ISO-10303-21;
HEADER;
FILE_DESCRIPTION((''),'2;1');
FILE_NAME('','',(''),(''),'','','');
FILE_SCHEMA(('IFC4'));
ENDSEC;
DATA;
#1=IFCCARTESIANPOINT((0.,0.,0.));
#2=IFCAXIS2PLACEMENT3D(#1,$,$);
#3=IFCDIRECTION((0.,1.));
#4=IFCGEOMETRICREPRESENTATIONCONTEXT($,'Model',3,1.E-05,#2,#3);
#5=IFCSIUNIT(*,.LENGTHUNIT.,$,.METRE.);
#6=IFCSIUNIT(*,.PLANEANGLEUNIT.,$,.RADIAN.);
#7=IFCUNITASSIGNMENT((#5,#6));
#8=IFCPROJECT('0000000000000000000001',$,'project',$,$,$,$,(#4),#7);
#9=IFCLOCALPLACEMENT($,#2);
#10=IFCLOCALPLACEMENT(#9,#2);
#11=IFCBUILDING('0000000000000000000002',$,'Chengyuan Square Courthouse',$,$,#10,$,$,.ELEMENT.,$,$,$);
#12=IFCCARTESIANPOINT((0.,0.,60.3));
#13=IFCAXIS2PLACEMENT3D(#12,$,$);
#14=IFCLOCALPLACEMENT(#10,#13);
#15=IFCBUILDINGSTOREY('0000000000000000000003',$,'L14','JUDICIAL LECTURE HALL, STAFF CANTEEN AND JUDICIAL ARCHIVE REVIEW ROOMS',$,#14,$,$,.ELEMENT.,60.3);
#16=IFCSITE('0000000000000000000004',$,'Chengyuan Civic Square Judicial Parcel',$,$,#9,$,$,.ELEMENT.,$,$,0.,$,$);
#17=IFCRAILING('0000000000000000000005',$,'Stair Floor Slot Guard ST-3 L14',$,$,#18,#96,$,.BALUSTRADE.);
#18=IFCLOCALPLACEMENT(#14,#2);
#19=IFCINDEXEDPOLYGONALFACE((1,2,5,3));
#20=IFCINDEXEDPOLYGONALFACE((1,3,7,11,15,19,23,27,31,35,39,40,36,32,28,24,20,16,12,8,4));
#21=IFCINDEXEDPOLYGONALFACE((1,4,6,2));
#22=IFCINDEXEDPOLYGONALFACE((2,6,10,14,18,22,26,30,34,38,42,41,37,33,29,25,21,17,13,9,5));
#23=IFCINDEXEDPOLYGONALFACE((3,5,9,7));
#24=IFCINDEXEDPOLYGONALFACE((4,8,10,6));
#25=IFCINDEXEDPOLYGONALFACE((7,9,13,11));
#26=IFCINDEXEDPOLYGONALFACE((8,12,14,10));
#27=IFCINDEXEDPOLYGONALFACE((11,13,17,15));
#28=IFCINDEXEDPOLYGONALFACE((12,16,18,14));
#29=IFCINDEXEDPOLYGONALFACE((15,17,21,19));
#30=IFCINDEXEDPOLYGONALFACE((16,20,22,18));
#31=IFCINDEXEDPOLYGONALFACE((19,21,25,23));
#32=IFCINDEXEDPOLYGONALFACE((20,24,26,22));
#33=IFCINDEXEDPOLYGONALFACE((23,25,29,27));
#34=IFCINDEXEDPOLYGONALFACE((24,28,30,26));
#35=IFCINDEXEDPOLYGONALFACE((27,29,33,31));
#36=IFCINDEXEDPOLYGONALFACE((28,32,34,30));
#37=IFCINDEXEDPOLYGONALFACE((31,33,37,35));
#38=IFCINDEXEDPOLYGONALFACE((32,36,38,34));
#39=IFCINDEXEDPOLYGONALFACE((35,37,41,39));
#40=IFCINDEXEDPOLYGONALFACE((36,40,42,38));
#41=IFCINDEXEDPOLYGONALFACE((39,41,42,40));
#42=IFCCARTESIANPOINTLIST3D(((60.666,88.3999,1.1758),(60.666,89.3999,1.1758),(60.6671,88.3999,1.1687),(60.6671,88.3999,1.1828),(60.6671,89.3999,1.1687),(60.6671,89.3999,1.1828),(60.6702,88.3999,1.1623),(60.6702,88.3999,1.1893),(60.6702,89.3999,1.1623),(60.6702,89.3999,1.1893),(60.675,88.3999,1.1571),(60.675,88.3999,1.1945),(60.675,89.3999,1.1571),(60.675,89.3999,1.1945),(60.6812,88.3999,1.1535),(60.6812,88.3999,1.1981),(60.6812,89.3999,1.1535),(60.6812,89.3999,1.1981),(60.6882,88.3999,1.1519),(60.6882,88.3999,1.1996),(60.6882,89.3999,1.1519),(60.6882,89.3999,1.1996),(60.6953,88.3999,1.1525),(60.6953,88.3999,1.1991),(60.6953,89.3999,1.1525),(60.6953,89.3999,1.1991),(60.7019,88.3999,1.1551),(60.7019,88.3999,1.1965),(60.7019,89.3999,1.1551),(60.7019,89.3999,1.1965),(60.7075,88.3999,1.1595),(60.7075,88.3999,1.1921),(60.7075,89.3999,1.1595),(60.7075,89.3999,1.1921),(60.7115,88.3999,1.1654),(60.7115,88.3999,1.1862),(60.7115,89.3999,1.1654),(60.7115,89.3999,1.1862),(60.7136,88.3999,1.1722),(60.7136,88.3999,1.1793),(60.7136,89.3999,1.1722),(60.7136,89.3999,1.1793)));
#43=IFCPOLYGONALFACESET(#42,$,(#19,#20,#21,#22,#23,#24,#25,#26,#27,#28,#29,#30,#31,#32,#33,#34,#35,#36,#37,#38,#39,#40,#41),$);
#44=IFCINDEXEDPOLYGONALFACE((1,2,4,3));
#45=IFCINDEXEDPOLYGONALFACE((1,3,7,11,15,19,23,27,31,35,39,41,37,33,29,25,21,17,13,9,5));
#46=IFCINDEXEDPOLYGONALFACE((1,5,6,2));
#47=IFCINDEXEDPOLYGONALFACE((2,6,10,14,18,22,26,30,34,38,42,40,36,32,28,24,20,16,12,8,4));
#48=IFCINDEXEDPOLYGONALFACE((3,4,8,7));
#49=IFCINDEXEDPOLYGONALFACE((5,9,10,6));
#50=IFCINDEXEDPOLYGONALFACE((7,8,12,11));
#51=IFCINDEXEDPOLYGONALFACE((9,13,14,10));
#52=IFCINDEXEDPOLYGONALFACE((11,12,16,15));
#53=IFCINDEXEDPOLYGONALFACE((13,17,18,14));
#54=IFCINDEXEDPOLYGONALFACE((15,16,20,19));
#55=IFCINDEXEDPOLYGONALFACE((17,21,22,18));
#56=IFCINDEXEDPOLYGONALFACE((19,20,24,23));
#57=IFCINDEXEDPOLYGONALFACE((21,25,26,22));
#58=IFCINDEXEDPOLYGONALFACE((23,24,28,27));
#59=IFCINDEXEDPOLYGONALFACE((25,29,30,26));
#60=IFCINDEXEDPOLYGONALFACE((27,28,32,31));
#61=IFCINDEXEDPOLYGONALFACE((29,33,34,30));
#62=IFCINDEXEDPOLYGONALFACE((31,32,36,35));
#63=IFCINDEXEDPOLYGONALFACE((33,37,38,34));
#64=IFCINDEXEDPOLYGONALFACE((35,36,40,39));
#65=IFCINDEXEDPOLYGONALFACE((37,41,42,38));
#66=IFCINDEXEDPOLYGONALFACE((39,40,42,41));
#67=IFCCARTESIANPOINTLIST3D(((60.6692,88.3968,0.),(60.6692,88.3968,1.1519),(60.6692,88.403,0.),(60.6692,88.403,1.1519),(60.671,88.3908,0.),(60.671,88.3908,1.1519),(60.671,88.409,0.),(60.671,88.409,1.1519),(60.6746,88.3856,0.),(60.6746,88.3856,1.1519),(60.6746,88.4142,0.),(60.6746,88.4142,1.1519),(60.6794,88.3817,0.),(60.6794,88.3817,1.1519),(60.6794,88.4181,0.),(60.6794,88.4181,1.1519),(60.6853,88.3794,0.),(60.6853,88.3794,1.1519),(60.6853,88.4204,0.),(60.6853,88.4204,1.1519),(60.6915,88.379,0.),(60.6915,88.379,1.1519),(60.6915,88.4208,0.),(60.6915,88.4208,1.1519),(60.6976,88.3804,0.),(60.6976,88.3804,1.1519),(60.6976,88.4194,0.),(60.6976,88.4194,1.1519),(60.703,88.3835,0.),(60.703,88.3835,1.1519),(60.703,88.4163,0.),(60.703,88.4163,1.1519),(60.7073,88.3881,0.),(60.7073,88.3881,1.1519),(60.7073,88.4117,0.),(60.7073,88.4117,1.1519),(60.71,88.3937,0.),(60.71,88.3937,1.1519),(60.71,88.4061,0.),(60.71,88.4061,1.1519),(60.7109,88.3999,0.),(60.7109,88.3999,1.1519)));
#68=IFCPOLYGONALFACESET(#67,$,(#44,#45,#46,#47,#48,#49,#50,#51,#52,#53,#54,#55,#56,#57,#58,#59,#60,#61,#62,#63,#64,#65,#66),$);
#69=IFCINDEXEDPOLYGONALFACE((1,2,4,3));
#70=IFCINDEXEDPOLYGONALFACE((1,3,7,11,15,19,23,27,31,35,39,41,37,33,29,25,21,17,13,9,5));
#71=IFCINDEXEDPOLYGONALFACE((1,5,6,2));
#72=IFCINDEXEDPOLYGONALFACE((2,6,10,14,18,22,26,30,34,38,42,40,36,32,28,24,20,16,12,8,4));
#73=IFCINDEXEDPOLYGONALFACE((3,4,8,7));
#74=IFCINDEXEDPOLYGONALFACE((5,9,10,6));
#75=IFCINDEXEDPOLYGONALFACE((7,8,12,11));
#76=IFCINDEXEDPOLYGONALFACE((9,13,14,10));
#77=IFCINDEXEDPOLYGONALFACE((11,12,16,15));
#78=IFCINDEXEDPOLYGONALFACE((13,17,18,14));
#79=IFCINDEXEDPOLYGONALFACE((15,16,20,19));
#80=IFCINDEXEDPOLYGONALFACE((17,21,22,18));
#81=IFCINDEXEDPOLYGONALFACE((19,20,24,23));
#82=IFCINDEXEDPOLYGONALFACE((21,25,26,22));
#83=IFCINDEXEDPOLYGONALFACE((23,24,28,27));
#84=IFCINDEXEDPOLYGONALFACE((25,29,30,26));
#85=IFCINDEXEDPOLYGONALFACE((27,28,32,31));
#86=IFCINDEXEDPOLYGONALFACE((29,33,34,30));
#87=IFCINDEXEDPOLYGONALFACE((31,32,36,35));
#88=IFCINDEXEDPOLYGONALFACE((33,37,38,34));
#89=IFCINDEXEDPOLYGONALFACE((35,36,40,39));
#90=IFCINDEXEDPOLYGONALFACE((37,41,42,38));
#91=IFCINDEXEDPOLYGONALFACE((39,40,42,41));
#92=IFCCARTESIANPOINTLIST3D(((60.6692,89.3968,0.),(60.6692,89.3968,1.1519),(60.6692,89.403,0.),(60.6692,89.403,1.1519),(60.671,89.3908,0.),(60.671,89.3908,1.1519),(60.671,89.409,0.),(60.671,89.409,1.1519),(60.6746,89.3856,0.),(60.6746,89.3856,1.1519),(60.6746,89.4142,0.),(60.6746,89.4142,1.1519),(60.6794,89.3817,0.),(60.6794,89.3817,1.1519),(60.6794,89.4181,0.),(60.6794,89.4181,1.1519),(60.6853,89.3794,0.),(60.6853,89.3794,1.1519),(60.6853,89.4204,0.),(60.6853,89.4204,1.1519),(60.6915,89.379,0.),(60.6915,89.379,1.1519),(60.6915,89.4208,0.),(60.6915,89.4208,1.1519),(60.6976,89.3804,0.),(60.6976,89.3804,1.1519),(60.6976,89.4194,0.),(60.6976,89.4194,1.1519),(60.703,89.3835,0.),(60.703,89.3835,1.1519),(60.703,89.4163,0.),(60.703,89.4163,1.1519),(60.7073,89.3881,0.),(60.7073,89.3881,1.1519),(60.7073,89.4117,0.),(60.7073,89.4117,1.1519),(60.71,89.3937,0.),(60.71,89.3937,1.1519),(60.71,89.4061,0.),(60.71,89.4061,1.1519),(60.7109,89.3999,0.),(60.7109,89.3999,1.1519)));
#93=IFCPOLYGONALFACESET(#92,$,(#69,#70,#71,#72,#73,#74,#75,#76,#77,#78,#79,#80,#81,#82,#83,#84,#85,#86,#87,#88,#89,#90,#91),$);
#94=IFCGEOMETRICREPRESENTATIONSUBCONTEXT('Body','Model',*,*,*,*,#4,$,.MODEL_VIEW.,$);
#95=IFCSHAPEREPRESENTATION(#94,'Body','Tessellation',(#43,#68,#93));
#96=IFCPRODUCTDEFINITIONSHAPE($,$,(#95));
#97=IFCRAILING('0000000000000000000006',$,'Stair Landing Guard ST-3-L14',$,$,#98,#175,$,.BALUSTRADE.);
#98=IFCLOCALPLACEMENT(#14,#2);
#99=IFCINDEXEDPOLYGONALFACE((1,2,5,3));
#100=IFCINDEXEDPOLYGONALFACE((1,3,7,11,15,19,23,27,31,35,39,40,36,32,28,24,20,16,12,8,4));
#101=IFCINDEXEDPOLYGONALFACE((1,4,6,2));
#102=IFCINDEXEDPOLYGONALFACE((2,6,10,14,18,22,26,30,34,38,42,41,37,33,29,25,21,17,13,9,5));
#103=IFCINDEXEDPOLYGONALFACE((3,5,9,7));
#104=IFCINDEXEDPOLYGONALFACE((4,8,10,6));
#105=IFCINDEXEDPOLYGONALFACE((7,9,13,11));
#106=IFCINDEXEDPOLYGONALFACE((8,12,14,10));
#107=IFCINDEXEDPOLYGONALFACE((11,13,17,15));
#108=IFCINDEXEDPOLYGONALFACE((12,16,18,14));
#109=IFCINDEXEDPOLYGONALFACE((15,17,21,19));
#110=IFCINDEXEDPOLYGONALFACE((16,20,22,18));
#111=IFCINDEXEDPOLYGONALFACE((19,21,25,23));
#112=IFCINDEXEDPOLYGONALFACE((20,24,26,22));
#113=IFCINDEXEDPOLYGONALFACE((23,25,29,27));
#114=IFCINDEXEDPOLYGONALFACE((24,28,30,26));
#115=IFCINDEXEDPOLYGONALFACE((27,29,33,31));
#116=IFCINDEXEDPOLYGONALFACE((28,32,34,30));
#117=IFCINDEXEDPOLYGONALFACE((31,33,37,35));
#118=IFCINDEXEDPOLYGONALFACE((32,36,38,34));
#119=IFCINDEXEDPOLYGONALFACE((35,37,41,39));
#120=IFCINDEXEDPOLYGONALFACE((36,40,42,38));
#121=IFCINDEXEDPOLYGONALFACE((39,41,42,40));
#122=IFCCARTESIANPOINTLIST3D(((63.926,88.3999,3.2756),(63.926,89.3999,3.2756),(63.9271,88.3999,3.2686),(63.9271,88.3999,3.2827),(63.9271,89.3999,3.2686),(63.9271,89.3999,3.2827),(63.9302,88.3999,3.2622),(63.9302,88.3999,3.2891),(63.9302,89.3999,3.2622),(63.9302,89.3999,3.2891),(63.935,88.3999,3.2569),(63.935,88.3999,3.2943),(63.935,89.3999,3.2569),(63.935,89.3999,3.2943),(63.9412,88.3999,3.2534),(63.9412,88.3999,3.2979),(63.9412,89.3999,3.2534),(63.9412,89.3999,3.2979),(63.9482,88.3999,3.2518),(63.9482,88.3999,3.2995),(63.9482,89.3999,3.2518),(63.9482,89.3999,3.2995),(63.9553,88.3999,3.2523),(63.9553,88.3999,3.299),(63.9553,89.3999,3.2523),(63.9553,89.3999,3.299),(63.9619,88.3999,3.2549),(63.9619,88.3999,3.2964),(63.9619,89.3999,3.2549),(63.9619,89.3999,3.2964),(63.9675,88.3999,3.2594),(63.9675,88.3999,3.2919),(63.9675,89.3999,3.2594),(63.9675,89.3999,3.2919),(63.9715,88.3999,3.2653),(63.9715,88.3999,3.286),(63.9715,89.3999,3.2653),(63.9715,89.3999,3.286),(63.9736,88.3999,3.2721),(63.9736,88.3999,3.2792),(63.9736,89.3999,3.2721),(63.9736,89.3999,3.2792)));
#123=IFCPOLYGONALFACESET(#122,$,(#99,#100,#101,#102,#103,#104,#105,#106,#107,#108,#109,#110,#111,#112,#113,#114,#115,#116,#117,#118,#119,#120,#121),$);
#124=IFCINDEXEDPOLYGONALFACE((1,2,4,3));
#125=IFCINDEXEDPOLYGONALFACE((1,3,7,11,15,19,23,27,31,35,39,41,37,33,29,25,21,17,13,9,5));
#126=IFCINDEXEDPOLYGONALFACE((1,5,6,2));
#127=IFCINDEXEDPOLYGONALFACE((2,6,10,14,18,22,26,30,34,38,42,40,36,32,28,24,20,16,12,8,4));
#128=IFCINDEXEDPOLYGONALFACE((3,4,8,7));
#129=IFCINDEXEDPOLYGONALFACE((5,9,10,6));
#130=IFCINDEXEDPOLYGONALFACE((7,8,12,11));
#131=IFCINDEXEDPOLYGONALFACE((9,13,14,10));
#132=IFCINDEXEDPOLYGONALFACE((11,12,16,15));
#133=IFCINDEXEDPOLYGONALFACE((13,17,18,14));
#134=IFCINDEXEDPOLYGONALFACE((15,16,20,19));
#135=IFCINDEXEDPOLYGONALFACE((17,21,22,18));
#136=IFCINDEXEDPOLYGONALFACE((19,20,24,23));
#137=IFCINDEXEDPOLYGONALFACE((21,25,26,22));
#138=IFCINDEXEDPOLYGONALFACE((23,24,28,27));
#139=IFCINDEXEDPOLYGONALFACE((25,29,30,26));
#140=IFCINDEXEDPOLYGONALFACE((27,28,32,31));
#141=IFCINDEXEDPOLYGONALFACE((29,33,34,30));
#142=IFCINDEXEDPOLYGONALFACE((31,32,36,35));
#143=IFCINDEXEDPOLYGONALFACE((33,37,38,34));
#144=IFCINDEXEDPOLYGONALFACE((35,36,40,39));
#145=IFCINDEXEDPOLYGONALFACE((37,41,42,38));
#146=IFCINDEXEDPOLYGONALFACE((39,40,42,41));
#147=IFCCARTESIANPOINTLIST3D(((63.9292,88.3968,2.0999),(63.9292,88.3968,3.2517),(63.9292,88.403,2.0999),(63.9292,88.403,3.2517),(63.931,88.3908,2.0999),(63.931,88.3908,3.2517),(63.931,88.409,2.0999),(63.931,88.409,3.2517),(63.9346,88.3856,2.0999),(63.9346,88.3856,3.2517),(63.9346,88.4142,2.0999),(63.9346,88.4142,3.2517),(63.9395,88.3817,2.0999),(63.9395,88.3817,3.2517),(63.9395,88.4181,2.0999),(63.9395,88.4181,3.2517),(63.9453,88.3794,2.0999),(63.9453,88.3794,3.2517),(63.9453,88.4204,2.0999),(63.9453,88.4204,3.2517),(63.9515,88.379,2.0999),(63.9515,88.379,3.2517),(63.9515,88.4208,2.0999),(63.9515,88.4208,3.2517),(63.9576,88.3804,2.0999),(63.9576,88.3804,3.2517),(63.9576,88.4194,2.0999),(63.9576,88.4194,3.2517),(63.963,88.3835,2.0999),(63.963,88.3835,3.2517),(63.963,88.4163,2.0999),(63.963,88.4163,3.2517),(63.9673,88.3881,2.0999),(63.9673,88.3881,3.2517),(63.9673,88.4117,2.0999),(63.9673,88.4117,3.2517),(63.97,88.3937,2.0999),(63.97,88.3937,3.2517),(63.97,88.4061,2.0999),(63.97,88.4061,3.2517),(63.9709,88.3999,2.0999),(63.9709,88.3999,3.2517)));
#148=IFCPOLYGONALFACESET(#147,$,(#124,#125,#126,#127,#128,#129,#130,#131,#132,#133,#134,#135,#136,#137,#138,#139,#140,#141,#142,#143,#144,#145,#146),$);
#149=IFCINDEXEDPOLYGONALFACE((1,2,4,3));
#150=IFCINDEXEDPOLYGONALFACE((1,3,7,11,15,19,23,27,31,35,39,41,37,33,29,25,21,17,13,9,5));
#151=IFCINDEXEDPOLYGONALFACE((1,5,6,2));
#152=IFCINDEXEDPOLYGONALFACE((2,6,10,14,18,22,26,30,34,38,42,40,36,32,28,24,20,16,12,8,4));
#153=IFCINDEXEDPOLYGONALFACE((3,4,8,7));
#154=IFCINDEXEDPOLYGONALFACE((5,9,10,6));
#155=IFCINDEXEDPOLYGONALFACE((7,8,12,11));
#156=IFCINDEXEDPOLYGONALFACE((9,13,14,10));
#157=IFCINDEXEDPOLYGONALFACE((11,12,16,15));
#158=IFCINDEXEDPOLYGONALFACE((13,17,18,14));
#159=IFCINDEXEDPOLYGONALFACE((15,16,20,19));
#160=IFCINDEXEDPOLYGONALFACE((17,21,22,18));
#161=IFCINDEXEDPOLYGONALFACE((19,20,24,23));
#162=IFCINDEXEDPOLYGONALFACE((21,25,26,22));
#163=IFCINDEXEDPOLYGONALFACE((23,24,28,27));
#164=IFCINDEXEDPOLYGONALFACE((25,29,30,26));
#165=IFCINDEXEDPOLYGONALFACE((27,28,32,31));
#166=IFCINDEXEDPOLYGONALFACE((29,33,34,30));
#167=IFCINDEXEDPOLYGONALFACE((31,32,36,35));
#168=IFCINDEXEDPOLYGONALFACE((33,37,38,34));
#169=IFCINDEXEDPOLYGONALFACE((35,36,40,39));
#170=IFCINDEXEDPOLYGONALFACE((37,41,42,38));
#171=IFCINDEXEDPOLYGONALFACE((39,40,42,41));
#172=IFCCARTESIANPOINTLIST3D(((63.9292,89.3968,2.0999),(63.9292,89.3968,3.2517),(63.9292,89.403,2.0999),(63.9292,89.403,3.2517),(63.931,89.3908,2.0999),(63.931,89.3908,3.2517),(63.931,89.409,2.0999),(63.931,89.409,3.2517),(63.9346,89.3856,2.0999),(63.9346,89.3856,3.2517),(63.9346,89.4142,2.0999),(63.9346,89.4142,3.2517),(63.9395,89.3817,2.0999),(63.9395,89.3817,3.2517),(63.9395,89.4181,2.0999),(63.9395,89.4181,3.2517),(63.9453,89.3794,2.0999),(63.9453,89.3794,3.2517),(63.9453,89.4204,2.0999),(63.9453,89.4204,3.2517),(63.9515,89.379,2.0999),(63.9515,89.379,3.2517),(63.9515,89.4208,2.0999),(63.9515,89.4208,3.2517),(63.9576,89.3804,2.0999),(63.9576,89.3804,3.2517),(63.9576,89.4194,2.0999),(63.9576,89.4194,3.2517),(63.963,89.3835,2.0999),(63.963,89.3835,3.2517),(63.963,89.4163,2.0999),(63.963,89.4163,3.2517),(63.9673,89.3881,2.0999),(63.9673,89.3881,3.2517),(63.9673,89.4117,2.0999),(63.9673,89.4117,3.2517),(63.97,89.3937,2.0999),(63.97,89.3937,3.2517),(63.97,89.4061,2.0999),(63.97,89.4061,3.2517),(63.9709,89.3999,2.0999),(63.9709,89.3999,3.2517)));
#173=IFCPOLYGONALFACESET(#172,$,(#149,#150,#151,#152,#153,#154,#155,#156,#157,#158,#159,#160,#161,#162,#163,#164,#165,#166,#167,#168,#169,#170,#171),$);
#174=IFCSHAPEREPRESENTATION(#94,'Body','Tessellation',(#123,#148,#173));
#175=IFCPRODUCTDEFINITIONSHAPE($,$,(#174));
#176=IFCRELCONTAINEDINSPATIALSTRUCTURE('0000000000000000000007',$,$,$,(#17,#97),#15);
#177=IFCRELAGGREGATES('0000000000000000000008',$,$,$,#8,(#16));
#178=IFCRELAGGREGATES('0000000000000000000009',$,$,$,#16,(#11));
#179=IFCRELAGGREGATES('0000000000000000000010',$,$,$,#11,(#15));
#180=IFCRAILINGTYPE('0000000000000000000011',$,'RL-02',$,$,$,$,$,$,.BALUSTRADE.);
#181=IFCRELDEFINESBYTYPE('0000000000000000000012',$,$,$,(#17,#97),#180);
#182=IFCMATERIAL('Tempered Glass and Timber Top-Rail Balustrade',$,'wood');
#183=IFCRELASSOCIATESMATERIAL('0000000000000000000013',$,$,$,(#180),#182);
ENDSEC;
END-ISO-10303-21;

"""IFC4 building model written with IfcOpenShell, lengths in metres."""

from ifc_helpers import new_model, si_unit, direction, frame, origin, origin_2d, place, context, subcontext, project, spatial, circle, extrude, material, type_object, element, save


model = new_model("IFC4")

# Units and contexts
model_context = context("Model", 3, precision=1e-05, world=origin(), true_north=direction((0.0, 1.0)))
body_context = subcontext(model_context, "Body", "Model", "MODEL_VIEW")
ifc_project = project(units=[si_unit("LENGTHUNIT", "METRE"), si_unit("PLANEANGLEUNIT", "RADIAN")], contexts=[model_context])

# Site, building, storey
site_placement = place(None, origin())
site = spatial("IfcSite", under=ifc_project, at=site_placement, Name="Chengyuan Civic Square Judicial Parcel", CompositionType="ELEMENT", RefElevation=0.0)
building_placement = place(site_placement, origin())
building = spatial("IfcBuilding", under=site, at=building_placement, Name="Chengyuan Square Courthouse", CompositionType="ELEMENT")
storey_placement = place(building_placement, frame((0.0, 0.0, 60.3)))
storey = spatial("IfcBuildingStorey", under=building, at=storey_placement, Name="L14", Description="JUDICIAL LECTURE HALL, STAFF CANTEEN AND JUDICIAL ARCHIVE REVIEW ROOMS", CompositionType="ELEMENT", Elevation=60.3)

# Railings
ifc_material_1 = material(Name="Tempered Glass and Timber Top-Rail Balustrade", Category="wood")
railing_type_1 = type_object("IfcRailingType", Name="RL-02", PredefinedType="BALUSTRADE", material=ifc_material_1)
for number, where, name in (
    (1, (60.6899, 88.3999, 0.0), "Stair Floor Slot Guard ST-3 L14"),
    (2, (63.95, 88.3999, 2.0999), "Stair Landing Guard ST-3-L14"),
):
    element("IfcRailing", number, at=place(storey_placement, frame(where)), inside=storey, type_object=railing_type_1, Name=name, PredefinedType="BALUSTRADE", context=body_context, shape_type="SweptSolid", body=[
        extrude(circle(Radius=0.0239, at=origin_2d()), frame((0.0, 0.0, 1.1758), z_axis=(0.0, 1.0, 0.0), x_axis=(-1.0, 0.0, 0.0)), (0.0, 0.0, 1.0), 1.0),
        extrude(circle(Radius=0.021, at=origin_2d()), origin(), (0.0, 0.0, 1.0), 1.1519),
        extrude(circle(Radius=0.021, at=origin_2d()), frame((0.0, 1.0, 0.0)), (0.0, 0.0, 1.0), 1.1519),
    ])

save(model, "model.ifc")
